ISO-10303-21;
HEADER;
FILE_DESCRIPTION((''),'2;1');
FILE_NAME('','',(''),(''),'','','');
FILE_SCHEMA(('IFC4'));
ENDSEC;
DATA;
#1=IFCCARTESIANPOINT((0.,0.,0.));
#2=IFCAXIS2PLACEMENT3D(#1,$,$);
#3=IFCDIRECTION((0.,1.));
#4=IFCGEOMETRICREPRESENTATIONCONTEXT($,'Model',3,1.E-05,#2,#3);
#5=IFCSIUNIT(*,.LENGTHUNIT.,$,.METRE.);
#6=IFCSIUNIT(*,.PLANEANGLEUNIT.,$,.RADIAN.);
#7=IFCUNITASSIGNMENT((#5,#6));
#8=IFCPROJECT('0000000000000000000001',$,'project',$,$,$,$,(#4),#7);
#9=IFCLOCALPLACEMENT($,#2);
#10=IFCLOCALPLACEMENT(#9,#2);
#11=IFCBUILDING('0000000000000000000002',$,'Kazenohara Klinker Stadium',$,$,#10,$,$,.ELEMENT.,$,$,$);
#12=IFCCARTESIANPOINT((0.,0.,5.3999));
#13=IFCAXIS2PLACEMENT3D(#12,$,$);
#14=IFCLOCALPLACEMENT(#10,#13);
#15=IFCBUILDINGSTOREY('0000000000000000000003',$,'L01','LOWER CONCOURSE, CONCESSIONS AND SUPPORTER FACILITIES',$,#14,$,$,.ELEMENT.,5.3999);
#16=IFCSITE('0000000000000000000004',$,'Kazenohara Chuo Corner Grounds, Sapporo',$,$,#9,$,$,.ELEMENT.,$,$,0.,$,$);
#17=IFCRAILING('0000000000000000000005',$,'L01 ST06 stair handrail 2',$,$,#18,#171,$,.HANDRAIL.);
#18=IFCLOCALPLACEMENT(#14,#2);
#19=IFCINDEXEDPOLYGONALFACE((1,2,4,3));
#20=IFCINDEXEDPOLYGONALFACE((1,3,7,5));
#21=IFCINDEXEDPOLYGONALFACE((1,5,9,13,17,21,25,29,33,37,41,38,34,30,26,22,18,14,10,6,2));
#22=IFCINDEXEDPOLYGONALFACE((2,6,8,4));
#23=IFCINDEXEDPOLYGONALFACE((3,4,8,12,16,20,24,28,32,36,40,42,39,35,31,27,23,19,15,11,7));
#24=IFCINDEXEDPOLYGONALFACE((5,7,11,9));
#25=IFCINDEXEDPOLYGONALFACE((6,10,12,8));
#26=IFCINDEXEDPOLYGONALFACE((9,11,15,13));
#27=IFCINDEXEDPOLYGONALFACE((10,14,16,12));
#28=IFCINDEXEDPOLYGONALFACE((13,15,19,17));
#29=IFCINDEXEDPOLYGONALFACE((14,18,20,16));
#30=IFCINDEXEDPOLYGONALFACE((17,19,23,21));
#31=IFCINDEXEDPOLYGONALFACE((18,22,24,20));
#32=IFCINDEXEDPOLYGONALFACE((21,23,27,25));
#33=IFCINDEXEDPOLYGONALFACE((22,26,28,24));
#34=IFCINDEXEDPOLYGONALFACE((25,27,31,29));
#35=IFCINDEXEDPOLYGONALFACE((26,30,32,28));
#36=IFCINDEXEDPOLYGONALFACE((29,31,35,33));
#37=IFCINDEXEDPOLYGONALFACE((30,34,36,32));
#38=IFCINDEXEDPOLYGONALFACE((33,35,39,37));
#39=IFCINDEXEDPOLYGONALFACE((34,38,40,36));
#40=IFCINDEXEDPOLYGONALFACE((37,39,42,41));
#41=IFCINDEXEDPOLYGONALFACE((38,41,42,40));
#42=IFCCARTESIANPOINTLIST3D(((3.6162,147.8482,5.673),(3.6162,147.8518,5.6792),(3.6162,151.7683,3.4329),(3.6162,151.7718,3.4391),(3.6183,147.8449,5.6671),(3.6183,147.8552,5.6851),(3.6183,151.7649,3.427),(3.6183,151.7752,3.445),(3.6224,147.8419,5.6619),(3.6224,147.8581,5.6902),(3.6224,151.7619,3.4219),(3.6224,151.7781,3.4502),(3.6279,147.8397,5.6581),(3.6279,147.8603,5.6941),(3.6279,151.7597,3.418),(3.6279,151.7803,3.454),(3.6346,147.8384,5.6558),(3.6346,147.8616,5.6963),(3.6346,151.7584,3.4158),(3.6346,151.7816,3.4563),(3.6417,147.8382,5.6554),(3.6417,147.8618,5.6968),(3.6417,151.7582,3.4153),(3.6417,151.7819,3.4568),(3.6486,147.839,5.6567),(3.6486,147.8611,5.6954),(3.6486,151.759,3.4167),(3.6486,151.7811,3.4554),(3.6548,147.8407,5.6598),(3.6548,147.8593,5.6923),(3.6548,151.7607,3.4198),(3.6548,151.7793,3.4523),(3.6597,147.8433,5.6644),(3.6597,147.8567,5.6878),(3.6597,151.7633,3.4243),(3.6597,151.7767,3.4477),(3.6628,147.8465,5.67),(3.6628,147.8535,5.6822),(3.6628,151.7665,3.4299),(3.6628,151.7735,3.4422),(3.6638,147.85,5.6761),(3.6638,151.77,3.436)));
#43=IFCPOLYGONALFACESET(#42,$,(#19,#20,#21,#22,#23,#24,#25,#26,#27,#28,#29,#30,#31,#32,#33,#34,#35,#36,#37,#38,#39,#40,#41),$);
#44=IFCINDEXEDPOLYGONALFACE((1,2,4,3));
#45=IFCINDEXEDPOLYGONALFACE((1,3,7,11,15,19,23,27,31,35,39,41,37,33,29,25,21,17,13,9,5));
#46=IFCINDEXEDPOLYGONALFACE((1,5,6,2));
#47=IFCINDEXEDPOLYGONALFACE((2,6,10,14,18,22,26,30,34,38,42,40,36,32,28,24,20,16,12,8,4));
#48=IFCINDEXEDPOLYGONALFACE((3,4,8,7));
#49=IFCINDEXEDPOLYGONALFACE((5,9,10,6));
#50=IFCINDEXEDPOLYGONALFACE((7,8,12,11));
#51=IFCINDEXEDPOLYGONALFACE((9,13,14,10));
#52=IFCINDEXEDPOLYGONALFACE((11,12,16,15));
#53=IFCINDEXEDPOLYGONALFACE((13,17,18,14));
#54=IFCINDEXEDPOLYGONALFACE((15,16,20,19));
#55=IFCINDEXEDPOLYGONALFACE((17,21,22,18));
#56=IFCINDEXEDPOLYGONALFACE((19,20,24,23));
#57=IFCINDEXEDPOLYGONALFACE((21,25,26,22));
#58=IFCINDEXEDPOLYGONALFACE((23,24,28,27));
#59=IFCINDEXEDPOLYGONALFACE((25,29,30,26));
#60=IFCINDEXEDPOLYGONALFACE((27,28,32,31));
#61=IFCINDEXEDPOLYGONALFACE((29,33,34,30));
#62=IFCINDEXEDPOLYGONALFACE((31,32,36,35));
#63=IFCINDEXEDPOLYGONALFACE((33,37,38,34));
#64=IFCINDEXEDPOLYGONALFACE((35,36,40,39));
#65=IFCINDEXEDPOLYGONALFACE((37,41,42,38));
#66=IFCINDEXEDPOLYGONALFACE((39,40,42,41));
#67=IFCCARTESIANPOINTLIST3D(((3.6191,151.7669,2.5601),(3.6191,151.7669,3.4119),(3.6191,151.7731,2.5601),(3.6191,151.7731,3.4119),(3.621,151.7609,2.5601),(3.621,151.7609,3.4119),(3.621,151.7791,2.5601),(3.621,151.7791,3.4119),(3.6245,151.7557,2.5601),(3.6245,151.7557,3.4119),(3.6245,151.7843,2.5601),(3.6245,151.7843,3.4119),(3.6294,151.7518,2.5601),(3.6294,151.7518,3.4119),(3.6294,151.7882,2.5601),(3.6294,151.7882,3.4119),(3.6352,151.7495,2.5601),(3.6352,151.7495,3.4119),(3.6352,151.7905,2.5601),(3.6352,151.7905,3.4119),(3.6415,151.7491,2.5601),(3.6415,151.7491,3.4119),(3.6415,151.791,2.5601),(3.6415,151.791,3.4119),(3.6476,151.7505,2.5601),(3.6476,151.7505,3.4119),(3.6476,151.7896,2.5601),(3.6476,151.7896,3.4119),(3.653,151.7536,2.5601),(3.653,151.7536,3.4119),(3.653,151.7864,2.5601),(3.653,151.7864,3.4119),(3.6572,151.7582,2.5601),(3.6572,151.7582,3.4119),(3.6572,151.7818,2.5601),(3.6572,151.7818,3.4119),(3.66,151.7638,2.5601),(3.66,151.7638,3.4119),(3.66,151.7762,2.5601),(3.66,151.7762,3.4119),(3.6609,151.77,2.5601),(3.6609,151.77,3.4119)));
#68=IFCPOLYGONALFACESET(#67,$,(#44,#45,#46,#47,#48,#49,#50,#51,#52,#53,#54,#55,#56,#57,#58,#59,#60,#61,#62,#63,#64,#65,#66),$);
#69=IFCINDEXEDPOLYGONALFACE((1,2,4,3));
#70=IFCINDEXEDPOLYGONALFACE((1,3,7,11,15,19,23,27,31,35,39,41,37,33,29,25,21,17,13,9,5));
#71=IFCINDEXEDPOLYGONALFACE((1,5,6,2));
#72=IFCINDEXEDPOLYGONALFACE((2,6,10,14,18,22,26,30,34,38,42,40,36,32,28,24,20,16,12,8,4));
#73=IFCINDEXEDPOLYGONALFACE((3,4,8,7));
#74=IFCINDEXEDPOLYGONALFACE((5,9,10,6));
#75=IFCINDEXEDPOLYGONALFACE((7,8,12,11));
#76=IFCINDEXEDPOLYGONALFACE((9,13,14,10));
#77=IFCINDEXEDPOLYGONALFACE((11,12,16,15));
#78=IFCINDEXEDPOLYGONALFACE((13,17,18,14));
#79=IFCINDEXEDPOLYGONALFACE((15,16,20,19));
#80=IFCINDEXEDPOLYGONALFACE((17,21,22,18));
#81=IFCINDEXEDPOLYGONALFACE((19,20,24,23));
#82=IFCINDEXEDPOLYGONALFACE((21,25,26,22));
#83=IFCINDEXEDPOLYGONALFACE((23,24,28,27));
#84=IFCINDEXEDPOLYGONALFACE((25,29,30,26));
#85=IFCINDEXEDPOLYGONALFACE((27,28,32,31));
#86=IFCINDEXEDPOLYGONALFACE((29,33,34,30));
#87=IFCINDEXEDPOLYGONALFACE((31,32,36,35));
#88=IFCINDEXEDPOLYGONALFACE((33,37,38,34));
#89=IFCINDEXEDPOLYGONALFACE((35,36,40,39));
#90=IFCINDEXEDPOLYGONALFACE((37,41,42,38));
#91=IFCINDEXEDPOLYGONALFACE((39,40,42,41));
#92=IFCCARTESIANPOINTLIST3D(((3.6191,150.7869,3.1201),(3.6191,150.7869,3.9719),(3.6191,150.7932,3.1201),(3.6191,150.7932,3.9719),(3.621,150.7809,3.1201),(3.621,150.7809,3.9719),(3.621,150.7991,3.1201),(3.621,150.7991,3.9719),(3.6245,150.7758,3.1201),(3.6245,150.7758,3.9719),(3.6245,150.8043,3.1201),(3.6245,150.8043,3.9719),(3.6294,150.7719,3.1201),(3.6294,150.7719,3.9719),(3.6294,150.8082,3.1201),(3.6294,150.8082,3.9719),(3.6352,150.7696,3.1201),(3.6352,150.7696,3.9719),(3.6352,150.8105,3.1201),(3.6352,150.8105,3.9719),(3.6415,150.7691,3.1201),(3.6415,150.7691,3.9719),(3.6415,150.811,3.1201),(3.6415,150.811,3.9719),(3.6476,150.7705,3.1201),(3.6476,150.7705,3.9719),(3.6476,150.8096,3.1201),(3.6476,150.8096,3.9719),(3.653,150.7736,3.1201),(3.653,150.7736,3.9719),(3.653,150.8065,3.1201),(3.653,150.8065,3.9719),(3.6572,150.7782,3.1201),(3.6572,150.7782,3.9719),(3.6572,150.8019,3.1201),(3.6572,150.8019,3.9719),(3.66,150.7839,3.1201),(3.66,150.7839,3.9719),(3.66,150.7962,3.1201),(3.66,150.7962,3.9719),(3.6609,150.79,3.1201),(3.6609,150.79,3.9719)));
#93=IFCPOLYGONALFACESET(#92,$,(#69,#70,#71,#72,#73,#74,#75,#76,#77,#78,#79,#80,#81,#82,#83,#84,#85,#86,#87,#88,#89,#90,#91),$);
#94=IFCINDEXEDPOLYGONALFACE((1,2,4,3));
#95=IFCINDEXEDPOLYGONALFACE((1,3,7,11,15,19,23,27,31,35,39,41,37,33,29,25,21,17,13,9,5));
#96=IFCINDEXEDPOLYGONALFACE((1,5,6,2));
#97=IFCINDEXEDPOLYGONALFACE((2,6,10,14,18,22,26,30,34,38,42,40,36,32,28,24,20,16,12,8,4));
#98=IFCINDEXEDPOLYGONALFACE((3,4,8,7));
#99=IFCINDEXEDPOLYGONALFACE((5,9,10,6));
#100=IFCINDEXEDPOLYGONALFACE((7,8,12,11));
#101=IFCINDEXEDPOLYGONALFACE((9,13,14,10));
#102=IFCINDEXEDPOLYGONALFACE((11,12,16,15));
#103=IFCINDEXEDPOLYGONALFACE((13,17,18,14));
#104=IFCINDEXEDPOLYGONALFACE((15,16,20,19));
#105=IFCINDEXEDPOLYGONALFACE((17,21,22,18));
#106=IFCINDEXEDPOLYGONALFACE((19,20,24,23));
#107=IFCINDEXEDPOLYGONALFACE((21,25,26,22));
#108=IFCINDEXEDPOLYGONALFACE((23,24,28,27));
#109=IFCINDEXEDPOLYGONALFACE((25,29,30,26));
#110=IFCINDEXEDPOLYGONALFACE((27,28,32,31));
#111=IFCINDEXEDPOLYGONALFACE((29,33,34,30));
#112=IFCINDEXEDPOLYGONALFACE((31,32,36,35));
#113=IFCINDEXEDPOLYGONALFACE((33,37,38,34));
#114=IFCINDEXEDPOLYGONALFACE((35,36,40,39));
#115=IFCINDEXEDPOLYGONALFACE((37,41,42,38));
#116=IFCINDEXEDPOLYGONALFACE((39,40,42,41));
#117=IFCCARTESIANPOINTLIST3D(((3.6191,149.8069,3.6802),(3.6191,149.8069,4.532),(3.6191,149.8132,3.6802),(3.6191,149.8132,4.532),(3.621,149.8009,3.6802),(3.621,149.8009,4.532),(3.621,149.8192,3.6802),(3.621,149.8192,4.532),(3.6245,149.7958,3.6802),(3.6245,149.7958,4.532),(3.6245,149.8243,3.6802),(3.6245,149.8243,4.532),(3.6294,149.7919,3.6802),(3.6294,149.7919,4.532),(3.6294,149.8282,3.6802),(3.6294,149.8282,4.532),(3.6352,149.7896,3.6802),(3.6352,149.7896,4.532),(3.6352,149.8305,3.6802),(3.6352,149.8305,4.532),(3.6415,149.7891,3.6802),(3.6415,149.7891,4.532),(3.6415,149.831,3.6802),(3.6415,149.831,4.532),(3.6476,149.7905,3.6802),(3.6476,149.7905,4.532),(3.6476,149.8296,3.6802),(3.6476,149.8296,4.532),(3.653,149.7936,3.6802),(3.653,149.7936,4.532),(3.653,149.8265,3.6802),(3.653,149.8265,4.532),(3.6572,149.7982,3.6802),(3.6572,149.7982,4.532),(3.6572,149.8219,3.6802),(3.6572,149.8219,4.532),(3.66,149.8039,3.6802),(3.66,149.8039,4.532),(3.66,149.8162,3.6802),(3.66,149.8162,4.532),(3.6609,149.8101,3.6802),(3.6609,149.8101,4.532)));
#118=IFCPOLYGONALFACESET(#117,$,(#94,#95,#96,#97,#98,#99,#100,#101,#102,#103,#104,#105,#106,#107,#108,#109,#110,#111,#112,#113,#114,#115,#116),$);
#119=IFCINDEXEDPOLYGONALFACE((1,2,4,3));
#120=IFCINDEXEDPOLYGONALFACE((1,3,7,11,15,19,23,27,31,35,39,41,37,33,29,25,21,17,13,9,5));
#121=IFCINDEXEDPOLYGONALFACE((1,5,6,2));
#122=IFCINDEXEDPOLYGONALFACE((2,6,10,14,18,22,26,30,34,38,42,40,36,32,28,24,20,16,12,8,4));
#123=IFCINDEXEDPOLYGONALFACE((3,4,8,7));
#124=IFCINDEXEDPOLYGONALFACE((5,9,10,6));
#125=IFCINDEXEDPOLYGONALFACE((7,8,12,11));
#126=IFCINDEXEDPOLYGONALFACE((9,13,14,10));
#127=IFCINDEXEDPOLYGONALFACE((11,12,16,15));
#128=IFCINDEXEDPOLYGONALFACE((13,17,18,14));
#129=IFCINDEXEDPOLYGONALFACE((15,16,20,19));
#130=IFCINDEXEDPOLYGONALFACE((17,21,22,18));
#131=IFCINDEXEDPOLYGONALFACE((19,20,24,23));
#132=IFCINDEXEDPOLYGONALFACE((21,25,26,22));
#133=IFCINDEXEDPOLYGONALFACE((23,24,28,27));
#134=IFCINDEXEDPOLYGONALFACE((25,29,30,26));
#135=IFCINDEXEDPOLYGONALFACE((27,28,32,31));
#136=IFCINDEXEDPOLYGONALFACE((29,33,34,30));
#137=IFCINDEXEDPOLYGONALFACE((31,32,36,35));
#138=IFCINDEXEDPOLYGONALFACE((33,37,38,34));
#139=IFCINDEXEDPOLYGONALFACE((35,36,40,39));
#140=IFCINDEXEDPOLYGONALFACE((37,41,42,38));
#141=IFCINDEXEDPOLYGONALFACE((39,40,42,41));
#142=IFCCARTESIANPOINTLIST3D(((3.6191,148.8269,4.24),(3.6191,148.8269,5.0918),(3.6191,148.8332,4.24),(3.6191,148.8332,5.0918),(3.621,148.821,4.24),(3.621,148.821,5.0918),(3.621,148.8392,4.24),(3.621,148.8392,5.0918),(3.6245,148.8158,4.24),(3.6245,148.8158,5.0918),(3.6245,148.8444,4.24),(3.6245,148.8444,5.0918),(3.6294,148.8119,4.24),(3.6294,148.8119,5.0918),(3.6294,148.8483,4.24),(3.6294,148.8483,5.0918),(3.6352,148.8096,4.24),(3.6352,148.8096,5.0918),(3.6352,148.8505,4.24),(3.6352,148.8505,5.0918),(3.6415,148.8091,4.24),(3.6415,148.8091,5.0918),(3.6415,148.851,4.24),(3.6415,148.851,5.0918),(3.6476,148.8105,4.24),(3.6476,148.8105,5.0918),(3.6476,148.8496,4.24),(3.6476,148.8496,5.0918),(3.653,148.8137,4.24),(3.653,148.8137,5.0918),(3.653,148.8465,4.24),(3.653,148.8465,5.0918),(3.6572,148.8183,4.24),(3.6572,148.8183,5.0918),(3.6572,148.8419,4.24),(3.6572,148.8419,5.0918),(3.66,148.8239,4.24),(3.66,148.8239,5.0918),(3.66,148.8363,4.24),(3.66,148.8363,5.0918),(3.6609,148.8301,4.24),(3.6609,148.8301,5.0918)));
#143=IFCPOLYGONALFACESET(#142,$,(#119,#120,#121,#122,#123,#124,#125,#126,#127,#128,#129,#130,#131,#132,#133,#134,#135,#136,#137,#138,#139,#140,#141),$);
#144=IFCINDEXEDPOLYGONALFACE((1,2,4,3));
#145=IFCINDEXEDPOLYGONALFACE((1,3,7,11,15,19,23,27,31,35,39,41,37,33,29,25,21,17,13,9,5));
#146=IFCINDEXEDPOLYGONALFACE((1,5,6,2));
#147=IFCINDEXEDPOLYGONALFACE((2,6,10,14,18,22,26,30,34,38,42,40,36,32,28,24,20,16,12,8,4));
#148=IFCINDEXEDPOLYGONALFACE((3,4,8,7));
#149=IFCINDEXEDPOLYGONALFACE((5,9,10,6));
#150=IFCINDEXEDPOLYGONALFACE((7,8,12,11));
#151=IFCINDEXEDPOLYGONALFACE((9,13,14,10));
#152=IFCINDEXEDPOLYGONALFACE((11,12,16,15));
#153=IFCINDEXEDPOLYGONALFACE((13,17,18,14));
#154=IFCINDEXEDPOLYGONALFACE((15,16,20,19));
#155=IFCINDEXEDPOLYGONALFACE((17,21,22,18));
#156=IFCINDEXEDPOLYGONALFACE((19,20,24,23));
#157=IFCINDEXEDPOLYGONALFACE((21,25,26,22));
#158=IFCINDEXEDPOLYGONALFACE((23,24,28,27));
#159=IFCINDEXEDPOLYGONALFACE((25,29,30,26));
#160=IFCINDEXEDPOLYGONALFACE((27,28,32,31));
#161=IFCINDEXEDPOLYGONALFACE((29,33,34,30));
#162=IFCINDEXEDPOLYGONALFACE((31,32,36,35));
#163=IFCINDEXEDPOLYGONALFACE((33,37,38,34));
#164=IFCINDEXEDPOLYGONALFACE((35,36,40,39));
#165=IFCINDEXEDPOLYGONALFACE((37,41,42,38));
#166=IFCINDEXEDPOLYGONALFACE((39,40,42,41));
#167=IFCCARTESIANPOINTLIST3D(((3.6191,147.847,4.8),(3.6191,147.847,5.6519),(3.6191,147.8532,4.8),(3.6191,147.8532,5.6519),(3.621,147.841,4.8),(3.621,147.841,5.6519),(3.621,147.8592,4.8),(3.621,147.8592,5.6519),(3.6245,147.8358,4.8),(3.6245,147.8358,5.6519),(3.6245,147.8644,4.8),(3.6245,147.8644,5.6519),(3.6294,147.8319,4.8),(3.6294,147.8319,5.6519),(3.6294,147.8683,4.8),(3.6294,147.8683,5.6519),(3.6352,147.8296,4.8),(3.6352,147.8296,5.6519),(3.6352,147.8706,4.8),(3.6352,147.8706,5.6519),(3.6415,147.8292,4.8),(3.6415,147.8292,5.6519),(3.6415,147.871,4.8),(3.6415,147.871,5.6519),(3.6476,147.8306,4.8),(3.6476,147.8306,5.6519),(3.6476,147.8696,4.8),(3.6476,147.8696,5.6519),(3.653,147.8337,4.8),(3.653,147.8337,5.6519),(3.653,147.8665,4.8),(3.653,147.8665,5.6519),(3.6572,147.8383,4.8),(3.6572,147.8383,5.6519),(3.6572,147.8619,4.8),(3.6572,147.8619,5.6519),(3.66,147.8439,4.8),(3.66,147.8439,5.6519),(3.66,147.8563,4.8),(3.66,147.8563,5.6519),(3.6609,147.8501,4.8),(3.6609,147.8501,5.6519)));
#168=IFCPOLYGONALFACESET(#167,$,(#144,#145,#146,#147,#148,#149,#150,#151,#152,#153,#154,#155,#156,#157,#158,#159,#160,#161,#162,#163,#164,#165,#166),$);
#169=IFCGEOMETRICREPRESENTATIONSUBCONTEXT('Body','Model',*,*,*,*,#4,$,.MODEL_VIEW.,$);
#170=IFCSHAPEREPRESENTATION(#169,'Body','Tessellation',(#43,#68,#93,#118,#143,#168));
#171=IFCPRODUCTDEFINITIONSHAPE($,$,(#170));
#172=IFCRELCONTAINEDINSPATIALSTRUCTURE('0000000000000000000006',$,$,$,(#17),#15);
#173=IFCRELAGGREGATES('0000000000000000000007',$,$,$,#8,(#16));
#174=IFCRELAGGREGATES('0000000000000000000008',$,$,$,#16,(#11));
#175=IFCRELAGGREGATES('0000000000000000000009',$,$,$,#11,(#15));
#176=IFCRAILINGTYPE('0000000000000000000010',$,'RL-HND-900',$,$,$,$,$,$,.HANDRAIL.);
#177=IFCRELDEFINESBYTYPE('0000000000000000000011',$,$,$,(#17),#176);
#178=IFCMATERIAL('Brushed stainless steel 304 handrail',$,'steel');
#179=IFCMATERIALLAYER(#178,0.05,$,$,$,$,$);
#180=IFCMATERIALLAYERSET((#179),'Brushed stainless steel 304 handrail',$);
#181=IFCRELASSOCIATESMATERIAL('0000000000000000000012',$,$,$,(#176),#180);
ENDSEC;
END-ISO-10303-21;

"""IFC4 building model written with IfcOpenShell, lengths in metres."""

from ifc_helpers import new_model, si_unit, direction, frame, origin, origin_2d, place, context, subcontext, project, spatial, circle, extrude, material, layer, layer_set, type_object, element, save


model = new_model("IFC4")

# Units and contexts
model_context = context("Model", 3, precision=1e-05, world=origin(), true_north=direction((0.0, 1.0)))
body_context = subcontext(model_context, "Body", "Model", "MODEL_VIEW")
ifc_project = project(units=[si_unit("LENGTHUNIT", "METRE"), si_unit("PLANEANGLEUNIT", "RADIAN")], contexts=[model_context])

# Site, building, storey
site_placement = place(None, origin())
site = spatial("IfcSite", under=ifc_project, at=site_placement, Name="Kazenohara Chuo Corner Grounds, Sapporo", CompositionType="ELEMENT", RefElevation=0.0)
building_placement = place(site_placement, origin())
building = spatial("IfcBuilding", under=site, at=building_placement, Name="Kazenohara Klinker Stadium", CompositionType="ELEMENT")
storey_placement = place(building_placement, frame((0.0, 0.0, 5.3999)))
storey = spatial("IfcBuildingStorey", under=building, at=storey_placement, Name="L01", Description="LOWER CONCOURSE, CONCESSIONS AND SUPPORTER FACILITIES", CompositionType="ELEMENT", Elevation=5.3999)

# Railing
ifc_material_1 = material(Name="Brushed stainless steel 304 handrail", Category="steel")
ifc_layer_1 = layer(ifc_material_1, 0.05)
ifc_layer_set_1 = layer_set([ifc_layer_1], Name="Brushed stainless steel 304 handrail")
railing_type_1 = type_object("IfcRailingType", Name="RL-HND-900", PredefinedType="HANDRAIL", material=ifc_layer_set_1)
railing_1_placement = place(storey_placement, frame((3.6399, 151.77, 2.5601)))
element("IfcRailing", 1, at=railing_1_placement, inside=storey, type_object=railing_type_1, Name="L01 ST06 stair handrail 2", PredefinedType="HANDRAIL", context=body_context, shape_type="SweptSolid", body=[
    extrude(circle(Radius=0.0239, at=origin_2d()), frame((0.0, 0.0, 0.876), z_axis=(0.0, -0.86824, 0.496145), x_axis=(1.0, 0.0, 0.0)), (0.0, 0.0, 1.0), 4.5149),
    extrude(circle(Radius=0.021, at=origin_2d()), origin(), (0.0, 0.0, 1.0), 0.8518),
    extrude(circle(Radius=0.021, at=origin_2d()), frame((0.0, -0.98, 0.5601)), (0.0, 0.0, 1.0), 0.8518),
    extrude(circle(Radius=0.021, at=origin_2d()), frame((0.0, -1.96, 1.1201)), (0.0, 0.0, 1.0), 0.8518),
    extrude(circle(Radius=0.021, at=origin_2d()), frame((0.0, -2.9399, 1.6799)), (0.0, 0.0, 1.0), 0.8518),
    extrude(circle(Radius=0.021, at=origin_2d()), frame((0.0, -3.9199, 2.24)), (0.0, 0.0, 1.0), 0.8518),
])

save(model, "model.ifc")
